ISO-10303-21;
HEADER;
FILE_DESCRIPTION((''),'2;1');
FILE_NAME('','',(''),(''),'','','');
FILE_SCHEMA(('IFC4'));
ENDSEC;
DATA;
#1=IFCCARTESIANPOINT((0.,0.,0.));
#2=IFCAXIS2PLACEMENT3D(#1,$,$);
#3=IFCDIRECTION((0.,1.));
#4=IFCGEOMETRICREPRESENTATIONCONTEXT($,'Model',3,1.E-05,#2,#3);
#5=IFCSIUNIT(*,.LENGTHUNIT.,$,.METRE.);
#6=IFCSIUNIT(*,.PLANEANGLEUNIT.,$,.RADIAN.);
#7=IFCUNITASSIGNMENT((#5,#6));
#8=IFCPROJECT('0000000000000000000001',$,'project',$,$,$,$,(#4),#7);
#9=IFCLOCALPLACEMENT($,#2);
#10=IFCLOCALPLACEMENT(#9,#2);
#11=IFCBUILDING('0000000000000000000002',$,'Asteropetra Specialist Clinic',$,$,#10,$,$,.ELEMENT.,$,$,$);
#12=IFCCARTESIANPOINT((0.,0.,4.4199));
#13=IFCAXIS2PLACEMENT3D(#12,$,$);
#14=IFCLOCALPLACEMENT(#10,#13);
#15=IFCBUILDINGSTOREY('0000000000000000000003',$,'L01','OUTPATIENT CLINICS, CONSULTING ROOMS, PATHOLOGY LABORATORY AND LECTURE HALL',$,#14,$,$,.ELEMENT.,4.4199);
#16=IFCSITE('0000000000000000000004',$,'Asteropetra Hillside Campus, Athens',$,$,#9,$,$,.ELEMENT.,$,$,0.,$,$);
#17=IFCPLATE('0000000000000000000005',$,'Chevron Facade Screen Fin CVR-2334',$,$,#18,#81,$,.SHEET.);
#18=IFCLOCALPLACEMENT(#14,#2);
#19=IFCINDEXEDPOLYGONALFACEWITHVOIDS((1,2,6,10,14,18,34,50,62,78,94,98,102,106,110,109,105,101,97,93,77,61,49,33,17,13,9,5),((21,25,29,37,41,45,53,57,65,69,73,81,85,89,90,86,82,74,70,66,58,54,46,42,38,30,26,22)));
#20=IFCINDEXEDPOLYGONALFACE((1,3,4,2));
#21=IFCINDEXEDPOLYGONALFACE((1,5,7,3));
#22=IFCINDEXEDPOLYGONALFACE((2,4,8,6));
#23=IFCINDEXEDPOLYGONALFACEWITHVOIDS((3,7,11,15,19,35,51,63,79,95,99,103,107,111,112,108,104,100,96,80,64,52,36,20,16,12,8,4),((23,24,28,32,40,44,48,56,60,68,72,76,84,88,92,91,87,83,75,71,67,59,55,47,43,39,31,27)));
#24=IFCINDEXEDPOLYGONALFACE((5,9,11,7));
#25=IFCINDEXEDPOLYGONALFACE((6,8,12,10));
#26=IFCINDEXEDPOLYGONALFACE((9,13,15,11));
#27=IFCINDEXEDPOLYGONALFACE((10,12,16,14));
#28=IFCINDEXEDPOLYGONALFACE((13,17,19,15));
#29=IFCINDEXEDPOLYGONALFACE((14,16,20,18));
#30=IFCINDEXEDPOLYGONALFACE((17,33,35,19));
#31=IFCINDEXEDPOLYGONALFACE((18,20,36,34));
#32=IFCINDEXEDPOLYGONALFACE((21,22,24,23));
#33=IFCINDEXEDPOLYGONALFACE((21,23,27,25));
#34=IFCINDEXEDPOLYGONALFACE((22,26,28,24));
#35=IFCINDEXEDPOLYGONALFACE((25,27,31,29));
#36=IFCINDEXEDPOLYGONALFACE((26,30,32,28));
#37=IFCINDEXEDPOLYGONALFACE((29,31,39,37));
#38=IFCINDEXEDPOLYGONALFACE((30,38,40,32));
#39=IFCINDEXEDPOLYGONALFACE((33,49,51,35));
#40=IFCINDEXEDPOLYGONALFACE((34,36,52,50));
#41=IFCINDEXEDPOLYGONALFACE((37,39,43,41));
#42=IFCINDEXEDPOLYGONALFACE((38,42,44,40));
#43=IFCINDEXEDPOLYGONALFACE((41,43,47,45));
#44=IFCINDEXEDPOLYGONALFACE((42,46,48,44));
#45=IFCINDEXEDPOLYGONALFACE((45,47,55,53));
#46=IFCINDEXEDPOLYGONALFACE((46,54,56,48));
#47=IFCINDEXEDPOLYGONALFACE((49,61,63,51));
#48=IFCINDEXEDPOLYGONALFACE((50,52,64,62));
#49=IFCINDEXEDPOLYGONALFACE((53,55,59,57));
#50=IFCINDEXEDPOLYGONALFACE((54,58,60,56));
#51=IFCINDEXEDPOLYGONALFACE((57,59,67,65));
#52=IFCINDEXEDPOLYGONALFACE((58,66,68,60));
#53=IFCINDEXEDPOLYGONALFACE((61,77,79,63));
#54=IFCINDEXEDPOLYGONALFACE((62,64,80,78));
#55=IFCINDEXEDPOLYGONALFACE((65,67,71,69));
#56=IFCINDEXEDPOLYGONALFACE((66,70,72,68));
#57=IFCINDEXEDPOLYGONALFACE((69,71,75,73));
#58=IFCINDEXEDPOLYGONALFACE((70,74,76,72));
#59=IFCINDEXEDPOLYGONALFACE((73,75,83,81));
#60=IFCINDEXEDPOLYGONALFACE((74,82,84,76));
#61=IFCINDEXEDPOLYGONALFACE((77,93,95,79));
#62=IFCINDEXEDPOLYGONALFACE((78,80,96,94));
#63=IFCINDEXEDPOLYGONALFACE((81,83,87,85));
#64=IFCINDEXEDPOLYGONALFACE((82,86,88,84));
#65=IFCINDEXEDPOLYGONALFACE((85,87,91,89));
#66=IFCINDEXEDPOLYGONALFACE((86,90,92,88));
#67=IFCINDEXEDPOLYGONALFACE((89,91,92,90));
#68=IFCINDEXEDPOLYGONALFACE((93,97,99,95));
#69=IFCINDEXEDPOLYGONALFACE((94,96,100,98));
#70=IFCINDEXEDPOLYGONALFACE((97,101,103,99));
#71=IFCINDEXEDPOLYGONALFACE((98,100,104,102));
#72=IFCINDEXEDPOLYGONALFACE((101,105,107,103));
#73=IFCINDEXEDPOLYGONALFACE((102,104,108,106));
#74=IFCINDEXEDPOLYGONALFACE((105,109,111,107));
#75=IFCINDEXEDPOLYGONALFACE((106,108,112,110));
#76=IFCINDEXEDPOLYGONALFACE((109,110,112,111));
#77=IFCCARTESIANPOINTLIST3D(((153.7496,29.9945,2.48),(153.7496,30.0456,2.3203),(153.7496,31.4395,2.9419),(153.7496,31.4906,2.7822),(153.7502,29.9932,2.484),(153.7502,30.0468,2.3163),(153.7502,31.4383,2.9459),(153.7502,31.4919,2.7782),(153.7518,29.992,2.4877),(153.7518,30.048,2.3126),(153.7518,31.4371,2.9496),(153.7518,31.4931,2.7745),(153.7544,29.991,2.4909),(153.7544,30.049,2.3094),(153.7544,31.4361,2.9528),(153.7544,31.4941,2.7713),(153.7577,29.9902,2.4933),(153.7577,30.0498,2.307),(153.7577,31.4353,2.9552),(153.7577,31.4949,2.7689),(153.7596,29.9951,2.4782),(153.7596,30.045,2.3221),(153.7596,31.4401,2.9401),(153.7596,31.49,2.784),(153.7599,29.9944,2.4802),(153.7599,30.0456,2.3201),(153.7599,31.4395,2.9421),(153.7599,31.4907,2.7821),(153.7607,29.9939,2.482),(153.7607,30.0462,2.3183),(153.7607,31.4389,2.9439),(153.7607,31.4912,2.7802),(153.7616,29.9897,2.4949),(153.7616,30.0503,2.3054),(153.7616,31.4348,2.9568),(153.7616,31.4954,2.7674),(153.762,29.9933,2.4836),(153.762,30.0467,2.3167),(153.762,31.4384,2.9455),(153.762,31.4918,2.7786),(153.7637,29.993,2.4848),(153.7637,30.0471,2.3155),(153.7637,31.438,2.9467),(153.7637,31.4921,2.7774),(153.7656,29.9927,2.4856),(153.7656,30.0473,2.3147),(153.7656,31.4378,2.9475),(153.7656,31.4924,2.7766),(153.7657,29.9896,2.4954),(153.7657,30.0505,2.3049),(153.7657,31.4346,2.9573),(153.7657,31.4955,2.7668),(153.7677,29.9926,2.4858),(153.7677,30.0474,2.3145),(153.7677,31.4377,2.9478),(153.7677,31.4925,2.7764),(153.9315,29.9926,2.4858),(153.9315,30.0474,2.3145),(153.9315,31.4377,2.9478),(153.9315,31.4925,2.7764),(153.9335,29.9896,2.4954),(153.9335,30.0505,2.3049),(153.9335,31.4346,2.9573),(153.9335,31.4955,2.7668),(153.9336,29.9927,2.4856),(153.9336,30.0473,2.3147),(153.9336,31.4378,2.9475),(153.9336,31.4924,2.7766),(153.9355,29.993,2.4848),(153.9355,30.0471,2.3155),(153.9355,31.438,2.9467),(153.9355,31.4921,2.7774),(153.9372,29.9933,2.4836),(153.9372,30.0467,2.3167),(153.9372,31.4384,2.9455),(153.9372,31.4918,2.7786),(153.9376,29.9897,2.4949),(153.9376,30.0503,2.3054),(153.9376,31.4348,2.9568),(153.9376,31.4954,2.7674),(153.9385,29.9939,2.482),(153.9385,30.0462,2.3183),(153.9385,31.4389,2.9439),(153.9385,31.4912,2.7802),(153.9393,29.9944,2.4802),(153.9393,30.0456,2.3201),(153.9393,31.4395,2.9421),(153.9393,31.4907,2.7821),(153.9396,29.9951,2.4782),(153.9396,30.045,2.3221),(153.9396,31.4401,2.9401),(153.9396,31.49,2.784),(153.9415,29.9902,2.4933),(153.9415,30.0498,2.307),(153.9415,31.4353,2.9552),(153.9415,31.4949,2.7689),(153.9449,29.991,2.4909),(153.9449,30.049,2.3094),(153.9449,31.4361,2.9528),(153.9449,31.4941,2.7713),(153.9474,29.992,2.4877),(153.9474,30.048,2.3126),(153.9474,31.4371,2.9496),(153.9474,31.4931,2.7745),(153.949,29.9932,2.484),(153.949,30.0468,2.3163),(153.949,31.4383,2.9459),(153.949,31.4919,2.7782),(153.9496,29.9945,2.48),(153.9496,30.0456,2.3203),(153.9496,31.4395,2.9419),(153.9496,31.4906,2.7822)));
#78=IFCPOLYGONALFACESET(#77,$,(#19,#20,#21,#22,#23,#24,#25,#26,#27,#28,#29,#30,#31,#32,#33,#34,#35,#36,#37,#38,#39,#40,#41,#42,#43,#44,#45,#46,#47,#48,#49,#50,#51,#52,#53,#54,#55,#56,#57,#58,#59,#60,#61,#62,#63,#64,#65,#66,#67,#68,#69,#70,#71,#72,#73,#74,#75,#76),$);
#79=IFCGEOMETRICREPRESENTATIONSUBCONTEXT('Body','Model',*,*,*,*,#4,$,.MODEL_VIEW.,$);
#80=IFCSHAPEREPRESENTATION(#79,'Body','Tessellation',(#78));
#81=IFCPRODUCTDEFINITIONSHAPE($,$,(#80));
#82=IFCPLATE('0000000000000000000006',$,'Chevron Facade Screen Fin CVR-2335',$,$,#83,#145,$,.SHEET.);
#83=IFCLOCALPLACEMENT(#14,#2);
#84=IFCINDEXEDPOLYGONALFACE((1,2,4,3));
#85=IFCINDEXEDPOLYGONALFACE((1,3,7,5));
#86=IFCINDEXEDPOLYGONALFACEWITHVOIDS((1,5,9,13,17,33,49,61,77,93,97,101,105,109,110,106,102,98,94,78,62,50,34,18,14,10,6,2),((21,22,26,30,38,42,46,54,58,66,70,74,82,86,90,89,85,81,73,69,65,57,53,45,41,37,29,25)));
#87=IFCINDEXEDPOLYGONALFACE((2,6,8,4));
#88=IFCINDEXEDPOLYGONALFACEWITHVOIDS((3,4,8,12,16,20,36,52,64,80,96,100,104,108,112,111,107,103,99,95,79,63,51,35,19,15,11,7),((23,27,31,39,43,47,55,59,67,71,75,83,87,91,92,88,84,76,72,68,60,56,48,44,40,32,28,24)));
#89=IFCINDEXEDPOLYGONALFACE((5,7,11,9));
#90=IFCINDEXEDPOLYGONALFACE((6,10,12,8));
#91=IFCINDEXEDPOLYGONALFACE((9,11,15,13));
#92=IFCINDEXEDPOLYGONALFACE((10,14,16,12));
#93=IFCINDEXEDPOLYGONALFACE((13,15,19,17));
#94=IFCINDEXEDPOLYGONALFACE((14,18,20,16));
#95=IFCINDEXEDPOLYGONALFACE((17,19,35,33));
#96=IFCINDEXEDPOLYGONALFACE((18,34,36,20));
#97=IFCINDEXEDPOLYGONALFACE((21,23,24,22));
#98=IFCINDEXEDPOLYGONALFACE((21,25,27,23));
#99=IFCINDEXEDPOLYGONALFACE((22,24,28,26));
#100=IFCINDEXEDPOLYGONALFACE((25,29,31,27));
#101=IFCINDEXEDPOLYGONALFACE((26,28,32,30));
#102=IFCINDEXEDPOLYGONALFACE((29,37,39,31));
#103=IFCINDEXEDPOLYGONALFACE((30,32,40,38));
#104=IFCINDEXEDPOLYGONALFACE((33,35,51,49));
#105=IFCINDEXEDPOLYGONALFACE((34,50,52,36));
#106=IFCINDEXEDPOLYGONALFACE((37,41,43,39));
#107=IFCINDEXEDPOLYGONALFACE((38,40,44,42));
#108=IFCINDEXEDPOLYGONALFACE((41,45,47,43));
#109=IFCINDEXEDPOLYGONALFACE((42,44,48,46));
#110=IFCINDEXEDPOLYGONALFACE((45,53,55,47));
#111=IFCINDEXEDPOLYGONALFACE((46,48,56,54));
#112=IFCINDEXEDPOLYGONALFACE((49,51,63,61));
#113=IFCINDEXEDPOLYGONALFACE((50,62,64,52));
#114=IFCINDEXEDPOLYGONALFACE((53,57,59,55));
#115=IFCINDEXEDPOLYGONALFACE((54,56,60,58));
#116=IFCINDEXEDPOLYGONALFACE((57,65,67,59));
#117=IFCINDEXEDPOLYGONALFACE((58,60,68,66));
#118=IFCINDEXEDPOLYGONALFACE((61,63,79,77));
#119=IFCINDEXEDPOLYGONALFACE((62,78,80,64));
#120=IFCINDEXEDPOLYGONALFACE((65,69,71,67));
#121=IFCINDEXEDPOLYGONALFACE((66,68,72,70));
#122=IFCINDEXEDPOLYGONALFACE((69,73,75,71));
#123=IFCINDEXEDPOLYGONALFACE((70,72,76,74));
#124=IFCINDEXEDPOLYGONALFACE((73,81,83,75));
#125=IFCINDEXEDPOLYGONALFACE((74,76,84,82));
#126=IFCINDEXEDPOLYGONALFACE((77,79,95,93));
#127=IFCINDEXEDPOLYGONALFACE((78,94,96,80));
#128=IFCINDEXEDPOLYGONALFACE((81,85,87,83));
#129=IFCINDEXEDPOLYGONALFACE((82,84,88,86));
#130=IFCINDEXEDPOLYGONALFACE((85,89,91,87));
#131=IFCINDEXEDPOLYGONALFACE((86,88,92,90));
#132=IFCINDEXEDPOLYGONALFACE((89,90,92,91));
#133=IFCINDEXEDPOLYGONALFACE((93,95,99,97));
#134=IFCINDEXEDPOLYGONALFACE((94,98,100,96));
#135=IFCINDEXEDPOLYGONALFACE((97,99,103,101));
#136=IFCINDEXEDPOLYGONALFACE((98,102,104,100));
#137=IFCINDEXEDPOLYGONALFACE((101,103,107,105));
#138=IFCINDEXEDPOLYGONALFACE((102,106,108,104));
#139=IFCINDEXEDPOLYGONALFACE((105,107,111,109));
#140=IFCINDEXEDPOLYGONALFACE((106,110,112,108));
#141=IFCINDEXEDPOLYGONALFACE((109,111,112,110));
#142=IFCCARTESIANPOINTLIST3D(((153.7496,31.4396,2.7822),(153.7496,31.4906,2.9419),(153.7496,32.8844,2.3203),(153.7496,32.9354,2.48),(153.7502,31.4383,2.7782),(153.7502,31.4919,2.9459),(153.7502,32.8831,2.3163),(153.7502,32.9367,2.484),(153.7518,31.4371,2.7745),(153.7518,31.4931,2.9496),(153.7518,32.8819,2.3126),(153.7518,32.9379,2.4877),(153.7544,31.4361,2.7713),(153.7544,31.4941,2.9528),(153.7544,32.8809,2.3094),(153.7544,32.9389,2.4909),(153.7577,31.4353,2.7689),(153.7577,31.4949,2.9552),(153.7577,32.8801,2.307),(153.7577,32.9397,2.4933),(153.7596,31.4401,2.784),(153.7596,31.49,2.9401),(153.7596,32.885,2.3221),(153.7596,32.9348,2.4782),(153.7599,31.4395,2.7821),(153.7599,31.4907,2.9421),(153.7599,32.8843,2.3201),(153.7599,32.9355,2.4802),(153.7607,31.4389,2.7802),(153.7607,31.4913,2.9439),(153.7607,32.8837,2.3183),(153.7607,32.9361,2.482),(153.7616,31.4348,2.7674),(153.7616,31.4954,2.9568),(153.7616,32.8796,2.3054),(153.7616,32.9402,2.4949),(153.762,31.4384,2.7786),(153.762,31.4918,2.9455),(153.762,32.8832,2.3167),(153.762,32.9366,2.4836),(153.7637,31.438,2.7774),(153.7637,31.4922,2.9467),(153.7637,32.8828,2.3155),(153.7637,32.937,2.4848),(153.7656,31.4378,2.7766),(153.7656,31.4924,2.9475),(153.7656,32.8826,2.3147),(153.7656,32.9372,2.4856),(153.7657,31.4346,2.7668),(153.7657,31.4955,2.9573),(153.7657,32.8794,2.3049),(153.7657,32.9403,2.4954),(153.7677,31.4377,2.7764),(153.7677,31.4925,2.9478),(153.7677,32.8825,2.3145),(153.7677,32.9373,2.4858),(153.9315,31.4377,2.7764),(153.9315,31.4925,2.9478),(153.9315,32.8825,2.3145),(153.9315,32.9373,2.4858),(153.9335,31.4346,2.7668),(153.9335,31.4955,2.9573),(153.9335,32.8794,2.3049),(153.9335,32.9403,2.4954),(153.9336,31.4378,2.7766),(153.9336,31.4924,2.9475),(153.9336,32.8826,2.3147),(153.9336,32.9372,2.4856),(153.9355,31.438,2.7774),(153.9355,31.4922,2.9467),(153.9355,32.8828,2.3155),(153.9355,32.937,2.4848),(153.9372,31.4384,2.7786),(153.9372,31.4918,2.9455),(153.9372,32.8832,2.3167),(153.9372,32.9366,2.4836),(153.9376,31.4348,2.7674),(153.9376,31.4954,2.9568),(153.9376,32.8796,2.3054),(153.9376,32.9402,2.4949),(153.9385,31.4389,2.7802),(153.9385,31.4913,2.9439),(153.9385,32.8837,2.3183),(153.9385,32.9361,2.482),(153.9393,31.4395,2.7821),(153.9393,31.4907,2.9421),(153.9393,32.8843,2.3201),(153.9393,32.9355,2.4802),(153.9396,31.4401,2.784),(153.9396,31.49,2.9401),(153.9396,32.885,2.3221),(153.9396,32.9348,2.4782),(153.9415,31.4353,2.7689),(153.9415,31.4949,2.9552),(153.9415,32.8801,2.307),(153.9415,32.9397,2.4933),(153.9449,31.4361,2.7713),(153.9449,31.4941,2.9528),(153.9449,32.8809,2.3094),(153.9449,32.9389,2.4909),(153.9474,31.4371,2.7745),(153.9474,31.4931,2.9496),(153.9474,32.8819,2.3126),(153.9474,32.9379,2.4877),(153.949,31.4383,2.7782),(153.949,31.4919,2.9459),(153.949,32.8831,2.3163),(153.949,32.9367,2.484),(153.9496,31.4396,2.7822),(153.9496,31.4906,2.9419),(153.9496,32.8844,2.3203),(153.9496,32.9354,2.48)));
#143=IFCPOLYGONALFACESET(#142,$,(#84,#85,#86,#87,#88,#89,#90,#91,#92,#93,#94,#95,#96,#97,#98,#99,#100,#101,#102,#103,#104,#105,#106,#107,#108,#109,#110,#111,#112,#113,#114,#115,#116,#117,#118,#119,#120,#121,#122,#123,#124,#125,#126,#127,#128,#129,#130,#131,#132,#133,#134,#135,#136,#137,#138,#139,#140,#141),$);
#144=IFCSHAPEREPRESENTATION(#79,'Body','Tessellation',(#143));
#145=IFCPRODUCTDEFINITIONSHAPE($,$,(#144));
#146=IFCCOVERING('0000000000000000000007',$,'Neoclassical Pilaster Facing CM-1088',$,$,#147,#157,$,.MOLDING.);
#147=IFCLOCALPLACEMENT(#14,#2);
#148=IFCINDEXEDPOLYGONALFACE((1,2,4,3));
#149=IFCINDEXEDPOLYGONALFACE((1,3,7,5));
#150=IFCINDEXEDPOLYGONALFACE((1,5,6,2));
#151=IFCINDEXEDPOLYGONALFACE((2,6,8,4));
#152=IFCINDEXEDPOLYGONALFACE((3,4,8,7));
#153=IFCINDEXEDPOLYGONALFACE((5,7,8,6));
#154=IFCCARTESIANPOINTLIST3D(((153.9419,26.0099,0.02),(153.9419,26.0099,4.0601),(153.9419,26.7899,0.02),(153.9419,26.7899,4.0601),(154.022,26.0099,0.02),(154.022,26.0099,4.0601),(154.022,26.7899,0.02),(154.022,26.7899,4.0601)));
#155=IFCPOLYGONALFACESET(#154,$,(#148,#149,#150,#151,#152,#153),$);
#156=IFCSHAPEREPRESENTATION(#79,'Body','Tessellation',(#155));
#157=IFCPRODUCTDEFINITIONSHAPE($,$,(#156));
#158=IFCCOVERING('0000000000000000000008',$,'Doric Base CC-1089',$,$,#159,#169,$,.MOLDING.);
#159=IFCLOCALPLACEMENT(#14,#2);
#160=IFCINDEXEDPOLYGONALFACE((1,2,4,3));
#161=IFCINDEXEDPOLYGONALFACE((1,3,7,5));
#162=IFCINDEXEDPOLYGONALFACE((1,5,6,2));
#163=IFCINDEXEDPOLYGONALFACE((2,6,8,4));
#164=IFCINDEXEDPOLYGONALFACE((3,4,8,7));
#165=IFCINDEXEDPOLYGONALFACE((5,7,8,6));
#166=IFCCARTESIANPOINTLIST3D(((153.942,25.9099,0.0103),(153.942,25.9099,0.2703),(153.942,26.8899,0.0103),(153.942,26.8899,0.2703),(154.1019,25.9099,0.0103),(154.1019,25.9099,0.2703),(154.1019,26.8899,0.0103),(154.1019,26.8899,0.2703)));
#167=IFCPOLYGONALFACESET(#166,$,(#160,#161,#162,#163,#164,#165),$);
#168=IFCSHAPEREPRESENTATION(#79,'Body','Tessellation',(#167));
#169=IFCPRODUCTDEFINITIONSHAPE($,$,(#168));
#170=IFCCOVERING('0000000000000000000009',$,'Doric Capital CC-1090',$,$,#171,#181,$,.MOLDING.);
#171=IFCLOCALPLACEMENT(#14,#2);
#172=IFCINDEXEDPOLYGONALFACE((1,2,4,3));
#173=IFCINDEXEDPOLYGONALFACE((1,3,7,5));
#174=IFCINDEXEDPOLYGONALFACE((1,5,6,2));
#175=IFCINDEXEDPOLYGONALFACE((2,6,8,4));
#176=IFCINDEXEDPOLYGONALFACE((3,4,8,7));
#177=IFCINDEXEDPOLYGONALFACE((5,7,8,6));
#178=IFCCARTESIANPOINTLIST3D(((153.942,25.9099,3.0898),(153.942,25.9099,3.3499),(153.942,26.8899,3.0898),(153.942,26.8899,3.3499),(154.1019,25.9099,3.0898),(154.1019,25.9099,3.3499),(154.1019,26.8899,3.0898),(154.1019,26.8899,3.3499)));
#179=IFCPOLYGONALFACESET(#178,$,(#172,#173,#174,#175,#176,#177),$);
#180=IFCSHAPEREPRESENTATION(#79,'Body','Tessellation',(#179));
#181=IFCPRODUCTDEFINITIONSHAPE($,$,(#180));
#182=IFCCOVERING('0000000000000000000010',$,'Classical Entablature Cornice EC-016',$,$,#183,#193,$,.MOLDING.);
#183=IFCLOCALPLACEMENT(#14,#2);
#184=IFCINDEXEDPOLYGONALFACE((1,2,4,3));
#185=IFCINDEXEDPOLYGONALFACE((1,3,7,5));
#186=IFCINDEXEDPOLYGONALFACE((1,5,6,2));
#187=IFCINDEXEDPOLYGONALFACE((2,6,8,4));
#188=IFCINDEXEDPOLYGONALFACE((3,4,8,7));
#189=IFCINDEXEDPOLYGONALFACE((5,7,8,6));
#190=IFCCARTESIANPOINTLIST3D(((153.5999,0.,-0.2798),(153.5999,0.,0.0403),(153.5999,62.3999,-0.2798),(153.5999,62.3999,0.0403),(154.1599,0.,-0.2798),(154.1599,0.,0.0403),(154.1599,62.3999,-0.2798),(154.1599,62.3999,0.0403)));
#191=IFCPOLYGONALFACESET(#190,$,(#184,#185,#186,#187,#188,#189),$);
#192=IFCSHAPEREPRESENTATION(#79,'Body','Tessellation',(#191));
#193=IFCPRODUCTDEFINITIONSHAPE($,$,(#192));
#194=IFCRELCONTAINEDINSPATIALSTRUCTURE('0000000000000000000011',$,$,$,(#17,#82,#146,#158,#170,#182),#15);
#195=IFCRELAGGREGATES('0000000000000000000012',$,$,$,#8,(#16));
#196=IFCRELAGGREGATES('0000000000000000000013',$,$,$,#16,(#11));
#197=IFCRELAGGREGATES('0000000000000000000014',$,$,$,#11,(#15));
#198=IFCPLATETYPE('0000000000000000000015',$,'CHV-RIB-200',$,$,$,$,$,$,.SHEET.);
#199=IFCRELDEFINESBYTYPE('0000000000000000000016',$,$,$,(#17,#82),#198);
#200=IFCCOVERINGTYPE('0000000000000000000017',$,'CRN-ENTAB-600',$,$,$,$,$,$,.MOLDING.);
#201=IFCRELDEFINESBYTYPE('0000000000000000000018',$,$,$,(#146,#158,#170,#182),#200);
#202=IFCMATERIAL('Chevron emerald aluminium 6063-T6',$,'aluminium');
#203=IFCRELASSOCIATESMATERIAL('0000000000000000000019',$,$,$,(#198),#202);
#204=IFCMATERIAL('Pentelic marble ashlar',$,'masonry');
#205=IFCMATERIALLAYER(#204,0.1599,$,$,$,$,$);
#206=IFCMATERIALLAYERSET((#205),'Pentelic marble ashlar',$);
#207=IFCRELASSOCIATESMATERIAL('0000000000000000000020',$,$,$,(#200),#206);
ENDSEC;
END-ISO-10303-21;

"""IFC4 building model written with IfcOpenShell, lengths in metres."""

from ifc_helpers import new_model, si_unit, direction, frame, origin, origin_2d, place, context, subcontext, project, spatial, rectangle, hollow_rectangle, extrude, material, layer, layer_set, material_profile, profile_set, type_object, element, save


model = new_model("IFC4")

# Units and contexts
model_context = context("Model", 3, precision=1e-05, world=origin(), true_north=direction((0.0, 1.0)))
body_context = subcontext(model_context, "Body", "Model", "MODEL_VIEW")
ifc_project = project(units=[si_unit("LENGTHUNIT", "METRE"), si_unit("PLANEANGLEUNIT", "RADIAN")], contexts=[model_context])

# Site, building, storey
site_placement = place(None, origin())
site = spatial("IfcSite", under=ifc_project, at=site_placement, Name="Asteropetra Hillside Campus, Athens", CompositionType="ELEMENT", RefElevation=0.0)
building_placement = place(site_placement, origin())
building = spatial("IfcBuilding", under=site, at=building_placement, Name="Asteropetra Specialist Clinic", CompositionType="ELEMENT")
storey_placement = place(building_placement, frame((0.0, 0.0, 4.4199)))
storey = spatial("IfcBuildingStorey", under=building, at=storey_placement, Name="L01", Description="OUTPATIENT CLINICS, CONSULTING ROOMS, PATHOLOGY LABORATORY AND LECTURE HALL", CompositionType="ELEMENT", Elevation=4.4199)

# Plates
ifc_material_1 = material(Name="Chevron emerald aluminium 6063-T6", Category="aluminium")
ifc_material_profile = material_profile(ifc_material_1, hollow_rectangle(XDim=0.2, YDim=0.2, WallThickness=0.01, InnerFilletRadius=0.0081, OuterFilletRadius=0.0161, at=origin_2d()), Name="SHS 200x200x10.0")
ifc_profile_set = profile_set([ifc_material_profile], Name="Chevron emerald aluminium 6063-T6")
plate_type = type_object("IfcPlateType", Name="CHV-RIB-200", PredefinedType="SHEET", material=ifc_profile_set)
plate_1_placement = place(storey_placement, frame((153.8496, 30.02, 2.4001), z_axis=(0.0, 0.952521, 0.304472), x_axis=(-1.0, 0.0, 0.0)))
element("IfcPlate", 1, at=plate_1_placement, inside=storey, type_object=plate_type, Name="Chevron Facade Screen Fin CVR-2334", PredefinedType="SHEET", context=body_context, shape_type="SweptSolid", body=[
    extrude(hollow_rectangle(XDim=0.2, YDim=0.2, WallThickness=0.01, InnerFilletRadius=0.0081, OuterFilletRadius=0.0161, at=origin_2d()), origin(), (0.0, 0.0, 1.0), 1.5171),
])
plate_2_placement = place(storey_placement, frame((153.8496, 31.4651, 2.8621), z_axis=(0.0, 0.952506, -0.304519), x_axis=(-1.0, 0.0, 0.0)))
element("IfcPlate", 2, at=plate_2_placement, inside=storey, type_object=plate_type, Name="Chevron Facade Screen Fin CVR-2335", PredefinedType="SHEET", context=body_context, shape_type="SweptSolid", body=[
    extrude(hollow_rectangle(XDim=0.2, YDim=0.2, WallThickness=0.01, InnerFilletRadius=0.0081, OuterFilletRadius=0.0161, at=origin_2d()), origin(), (0.0, 0.0, 1.0), 1.5168),
])

# Coverings
ifc_material_2 = material(Name="Pentelic marble ashlar", Category="masonry")
ifc_layer_1 = layer(ifc_material_2, 0.1599)
ifc_layer_set_1 = layer_set([ifc_layer_1], Name="Pentelic marble ashlar")
covering_type_1 = type_object("IfcCoveringType", Name="CRN-ENTAB-600", PredefinedType="MOLDING", material=ifc_layer_set_1)
covering_1_placement = place(storey_placement, frame((153.9819, 26.3999, 0.02), z_axis=(0.0, 0.0, 1.0), x_axis=(1.0, 0.0, 0.0)))
element("IfcCovering", 3, at=covering_1_placement, inside=storey, type_object=covering_type_1, Name="Neoclassical Pilaster Facing CM-1088", PredefinedType="MOLDING", context=body_context, shape_type="SweptSolid", body=[
    extrude(rectangle(XDim=0.0801, YDim=0.78, at=origin_2d()), origin(), (0.0, 0.0, 1.0), 4.04),
])
for number, where, z_axis, x_axis, name in (
    (4, (154.022, 26.3999, 0.0103), (0.0, 0.0, 1.0), (1.0, 0.0, 0.0), "Doric Base CC-1089"),
    (5, (154.022, 26.3999, 3.0898), (0.0, 0.0, 1.0), (1.0, 0.0, 0.0), "Doric Capital CC-1090"),
):
    element("IfcCovering", number, at=place(storey_placement, frame(where, z_axis=z_axis, x_axis=x_axis)), inside=storey, type_object=covering_type_1, Name=name, PredefinedType="MOLDING", context=body_context, shape_type="SweptSolid", body=[
        extrude(rectangle(XDim=0.1599, YDim=0.98, at=origin_2d()), origin(), (0.0, 0.0, 1.0), 0.26),
    ])
covering_2_placement = place(storey_placement, frame((153.8799, 31.2, -0.2798), z_axis=(0.0, 0.0, 1.0), x_axis=(1.0, 0.0, 0.0)))
element("IfcCovering", 6, at=covering_2_placement, inside=storey, type_object=covering_type_1, Name="Classical Entablature Cornice EC-016", PredefinedType="MOLDING", context=body_context, shape_type="SweptSolid", body=[
    extrude(rectangle(XDim=0.5601, YDim=62.3999, at=origin_2d()), origin(), (0.0, 0.0, 1.0), 0.3201),
])

save(model, "model.ifc")
